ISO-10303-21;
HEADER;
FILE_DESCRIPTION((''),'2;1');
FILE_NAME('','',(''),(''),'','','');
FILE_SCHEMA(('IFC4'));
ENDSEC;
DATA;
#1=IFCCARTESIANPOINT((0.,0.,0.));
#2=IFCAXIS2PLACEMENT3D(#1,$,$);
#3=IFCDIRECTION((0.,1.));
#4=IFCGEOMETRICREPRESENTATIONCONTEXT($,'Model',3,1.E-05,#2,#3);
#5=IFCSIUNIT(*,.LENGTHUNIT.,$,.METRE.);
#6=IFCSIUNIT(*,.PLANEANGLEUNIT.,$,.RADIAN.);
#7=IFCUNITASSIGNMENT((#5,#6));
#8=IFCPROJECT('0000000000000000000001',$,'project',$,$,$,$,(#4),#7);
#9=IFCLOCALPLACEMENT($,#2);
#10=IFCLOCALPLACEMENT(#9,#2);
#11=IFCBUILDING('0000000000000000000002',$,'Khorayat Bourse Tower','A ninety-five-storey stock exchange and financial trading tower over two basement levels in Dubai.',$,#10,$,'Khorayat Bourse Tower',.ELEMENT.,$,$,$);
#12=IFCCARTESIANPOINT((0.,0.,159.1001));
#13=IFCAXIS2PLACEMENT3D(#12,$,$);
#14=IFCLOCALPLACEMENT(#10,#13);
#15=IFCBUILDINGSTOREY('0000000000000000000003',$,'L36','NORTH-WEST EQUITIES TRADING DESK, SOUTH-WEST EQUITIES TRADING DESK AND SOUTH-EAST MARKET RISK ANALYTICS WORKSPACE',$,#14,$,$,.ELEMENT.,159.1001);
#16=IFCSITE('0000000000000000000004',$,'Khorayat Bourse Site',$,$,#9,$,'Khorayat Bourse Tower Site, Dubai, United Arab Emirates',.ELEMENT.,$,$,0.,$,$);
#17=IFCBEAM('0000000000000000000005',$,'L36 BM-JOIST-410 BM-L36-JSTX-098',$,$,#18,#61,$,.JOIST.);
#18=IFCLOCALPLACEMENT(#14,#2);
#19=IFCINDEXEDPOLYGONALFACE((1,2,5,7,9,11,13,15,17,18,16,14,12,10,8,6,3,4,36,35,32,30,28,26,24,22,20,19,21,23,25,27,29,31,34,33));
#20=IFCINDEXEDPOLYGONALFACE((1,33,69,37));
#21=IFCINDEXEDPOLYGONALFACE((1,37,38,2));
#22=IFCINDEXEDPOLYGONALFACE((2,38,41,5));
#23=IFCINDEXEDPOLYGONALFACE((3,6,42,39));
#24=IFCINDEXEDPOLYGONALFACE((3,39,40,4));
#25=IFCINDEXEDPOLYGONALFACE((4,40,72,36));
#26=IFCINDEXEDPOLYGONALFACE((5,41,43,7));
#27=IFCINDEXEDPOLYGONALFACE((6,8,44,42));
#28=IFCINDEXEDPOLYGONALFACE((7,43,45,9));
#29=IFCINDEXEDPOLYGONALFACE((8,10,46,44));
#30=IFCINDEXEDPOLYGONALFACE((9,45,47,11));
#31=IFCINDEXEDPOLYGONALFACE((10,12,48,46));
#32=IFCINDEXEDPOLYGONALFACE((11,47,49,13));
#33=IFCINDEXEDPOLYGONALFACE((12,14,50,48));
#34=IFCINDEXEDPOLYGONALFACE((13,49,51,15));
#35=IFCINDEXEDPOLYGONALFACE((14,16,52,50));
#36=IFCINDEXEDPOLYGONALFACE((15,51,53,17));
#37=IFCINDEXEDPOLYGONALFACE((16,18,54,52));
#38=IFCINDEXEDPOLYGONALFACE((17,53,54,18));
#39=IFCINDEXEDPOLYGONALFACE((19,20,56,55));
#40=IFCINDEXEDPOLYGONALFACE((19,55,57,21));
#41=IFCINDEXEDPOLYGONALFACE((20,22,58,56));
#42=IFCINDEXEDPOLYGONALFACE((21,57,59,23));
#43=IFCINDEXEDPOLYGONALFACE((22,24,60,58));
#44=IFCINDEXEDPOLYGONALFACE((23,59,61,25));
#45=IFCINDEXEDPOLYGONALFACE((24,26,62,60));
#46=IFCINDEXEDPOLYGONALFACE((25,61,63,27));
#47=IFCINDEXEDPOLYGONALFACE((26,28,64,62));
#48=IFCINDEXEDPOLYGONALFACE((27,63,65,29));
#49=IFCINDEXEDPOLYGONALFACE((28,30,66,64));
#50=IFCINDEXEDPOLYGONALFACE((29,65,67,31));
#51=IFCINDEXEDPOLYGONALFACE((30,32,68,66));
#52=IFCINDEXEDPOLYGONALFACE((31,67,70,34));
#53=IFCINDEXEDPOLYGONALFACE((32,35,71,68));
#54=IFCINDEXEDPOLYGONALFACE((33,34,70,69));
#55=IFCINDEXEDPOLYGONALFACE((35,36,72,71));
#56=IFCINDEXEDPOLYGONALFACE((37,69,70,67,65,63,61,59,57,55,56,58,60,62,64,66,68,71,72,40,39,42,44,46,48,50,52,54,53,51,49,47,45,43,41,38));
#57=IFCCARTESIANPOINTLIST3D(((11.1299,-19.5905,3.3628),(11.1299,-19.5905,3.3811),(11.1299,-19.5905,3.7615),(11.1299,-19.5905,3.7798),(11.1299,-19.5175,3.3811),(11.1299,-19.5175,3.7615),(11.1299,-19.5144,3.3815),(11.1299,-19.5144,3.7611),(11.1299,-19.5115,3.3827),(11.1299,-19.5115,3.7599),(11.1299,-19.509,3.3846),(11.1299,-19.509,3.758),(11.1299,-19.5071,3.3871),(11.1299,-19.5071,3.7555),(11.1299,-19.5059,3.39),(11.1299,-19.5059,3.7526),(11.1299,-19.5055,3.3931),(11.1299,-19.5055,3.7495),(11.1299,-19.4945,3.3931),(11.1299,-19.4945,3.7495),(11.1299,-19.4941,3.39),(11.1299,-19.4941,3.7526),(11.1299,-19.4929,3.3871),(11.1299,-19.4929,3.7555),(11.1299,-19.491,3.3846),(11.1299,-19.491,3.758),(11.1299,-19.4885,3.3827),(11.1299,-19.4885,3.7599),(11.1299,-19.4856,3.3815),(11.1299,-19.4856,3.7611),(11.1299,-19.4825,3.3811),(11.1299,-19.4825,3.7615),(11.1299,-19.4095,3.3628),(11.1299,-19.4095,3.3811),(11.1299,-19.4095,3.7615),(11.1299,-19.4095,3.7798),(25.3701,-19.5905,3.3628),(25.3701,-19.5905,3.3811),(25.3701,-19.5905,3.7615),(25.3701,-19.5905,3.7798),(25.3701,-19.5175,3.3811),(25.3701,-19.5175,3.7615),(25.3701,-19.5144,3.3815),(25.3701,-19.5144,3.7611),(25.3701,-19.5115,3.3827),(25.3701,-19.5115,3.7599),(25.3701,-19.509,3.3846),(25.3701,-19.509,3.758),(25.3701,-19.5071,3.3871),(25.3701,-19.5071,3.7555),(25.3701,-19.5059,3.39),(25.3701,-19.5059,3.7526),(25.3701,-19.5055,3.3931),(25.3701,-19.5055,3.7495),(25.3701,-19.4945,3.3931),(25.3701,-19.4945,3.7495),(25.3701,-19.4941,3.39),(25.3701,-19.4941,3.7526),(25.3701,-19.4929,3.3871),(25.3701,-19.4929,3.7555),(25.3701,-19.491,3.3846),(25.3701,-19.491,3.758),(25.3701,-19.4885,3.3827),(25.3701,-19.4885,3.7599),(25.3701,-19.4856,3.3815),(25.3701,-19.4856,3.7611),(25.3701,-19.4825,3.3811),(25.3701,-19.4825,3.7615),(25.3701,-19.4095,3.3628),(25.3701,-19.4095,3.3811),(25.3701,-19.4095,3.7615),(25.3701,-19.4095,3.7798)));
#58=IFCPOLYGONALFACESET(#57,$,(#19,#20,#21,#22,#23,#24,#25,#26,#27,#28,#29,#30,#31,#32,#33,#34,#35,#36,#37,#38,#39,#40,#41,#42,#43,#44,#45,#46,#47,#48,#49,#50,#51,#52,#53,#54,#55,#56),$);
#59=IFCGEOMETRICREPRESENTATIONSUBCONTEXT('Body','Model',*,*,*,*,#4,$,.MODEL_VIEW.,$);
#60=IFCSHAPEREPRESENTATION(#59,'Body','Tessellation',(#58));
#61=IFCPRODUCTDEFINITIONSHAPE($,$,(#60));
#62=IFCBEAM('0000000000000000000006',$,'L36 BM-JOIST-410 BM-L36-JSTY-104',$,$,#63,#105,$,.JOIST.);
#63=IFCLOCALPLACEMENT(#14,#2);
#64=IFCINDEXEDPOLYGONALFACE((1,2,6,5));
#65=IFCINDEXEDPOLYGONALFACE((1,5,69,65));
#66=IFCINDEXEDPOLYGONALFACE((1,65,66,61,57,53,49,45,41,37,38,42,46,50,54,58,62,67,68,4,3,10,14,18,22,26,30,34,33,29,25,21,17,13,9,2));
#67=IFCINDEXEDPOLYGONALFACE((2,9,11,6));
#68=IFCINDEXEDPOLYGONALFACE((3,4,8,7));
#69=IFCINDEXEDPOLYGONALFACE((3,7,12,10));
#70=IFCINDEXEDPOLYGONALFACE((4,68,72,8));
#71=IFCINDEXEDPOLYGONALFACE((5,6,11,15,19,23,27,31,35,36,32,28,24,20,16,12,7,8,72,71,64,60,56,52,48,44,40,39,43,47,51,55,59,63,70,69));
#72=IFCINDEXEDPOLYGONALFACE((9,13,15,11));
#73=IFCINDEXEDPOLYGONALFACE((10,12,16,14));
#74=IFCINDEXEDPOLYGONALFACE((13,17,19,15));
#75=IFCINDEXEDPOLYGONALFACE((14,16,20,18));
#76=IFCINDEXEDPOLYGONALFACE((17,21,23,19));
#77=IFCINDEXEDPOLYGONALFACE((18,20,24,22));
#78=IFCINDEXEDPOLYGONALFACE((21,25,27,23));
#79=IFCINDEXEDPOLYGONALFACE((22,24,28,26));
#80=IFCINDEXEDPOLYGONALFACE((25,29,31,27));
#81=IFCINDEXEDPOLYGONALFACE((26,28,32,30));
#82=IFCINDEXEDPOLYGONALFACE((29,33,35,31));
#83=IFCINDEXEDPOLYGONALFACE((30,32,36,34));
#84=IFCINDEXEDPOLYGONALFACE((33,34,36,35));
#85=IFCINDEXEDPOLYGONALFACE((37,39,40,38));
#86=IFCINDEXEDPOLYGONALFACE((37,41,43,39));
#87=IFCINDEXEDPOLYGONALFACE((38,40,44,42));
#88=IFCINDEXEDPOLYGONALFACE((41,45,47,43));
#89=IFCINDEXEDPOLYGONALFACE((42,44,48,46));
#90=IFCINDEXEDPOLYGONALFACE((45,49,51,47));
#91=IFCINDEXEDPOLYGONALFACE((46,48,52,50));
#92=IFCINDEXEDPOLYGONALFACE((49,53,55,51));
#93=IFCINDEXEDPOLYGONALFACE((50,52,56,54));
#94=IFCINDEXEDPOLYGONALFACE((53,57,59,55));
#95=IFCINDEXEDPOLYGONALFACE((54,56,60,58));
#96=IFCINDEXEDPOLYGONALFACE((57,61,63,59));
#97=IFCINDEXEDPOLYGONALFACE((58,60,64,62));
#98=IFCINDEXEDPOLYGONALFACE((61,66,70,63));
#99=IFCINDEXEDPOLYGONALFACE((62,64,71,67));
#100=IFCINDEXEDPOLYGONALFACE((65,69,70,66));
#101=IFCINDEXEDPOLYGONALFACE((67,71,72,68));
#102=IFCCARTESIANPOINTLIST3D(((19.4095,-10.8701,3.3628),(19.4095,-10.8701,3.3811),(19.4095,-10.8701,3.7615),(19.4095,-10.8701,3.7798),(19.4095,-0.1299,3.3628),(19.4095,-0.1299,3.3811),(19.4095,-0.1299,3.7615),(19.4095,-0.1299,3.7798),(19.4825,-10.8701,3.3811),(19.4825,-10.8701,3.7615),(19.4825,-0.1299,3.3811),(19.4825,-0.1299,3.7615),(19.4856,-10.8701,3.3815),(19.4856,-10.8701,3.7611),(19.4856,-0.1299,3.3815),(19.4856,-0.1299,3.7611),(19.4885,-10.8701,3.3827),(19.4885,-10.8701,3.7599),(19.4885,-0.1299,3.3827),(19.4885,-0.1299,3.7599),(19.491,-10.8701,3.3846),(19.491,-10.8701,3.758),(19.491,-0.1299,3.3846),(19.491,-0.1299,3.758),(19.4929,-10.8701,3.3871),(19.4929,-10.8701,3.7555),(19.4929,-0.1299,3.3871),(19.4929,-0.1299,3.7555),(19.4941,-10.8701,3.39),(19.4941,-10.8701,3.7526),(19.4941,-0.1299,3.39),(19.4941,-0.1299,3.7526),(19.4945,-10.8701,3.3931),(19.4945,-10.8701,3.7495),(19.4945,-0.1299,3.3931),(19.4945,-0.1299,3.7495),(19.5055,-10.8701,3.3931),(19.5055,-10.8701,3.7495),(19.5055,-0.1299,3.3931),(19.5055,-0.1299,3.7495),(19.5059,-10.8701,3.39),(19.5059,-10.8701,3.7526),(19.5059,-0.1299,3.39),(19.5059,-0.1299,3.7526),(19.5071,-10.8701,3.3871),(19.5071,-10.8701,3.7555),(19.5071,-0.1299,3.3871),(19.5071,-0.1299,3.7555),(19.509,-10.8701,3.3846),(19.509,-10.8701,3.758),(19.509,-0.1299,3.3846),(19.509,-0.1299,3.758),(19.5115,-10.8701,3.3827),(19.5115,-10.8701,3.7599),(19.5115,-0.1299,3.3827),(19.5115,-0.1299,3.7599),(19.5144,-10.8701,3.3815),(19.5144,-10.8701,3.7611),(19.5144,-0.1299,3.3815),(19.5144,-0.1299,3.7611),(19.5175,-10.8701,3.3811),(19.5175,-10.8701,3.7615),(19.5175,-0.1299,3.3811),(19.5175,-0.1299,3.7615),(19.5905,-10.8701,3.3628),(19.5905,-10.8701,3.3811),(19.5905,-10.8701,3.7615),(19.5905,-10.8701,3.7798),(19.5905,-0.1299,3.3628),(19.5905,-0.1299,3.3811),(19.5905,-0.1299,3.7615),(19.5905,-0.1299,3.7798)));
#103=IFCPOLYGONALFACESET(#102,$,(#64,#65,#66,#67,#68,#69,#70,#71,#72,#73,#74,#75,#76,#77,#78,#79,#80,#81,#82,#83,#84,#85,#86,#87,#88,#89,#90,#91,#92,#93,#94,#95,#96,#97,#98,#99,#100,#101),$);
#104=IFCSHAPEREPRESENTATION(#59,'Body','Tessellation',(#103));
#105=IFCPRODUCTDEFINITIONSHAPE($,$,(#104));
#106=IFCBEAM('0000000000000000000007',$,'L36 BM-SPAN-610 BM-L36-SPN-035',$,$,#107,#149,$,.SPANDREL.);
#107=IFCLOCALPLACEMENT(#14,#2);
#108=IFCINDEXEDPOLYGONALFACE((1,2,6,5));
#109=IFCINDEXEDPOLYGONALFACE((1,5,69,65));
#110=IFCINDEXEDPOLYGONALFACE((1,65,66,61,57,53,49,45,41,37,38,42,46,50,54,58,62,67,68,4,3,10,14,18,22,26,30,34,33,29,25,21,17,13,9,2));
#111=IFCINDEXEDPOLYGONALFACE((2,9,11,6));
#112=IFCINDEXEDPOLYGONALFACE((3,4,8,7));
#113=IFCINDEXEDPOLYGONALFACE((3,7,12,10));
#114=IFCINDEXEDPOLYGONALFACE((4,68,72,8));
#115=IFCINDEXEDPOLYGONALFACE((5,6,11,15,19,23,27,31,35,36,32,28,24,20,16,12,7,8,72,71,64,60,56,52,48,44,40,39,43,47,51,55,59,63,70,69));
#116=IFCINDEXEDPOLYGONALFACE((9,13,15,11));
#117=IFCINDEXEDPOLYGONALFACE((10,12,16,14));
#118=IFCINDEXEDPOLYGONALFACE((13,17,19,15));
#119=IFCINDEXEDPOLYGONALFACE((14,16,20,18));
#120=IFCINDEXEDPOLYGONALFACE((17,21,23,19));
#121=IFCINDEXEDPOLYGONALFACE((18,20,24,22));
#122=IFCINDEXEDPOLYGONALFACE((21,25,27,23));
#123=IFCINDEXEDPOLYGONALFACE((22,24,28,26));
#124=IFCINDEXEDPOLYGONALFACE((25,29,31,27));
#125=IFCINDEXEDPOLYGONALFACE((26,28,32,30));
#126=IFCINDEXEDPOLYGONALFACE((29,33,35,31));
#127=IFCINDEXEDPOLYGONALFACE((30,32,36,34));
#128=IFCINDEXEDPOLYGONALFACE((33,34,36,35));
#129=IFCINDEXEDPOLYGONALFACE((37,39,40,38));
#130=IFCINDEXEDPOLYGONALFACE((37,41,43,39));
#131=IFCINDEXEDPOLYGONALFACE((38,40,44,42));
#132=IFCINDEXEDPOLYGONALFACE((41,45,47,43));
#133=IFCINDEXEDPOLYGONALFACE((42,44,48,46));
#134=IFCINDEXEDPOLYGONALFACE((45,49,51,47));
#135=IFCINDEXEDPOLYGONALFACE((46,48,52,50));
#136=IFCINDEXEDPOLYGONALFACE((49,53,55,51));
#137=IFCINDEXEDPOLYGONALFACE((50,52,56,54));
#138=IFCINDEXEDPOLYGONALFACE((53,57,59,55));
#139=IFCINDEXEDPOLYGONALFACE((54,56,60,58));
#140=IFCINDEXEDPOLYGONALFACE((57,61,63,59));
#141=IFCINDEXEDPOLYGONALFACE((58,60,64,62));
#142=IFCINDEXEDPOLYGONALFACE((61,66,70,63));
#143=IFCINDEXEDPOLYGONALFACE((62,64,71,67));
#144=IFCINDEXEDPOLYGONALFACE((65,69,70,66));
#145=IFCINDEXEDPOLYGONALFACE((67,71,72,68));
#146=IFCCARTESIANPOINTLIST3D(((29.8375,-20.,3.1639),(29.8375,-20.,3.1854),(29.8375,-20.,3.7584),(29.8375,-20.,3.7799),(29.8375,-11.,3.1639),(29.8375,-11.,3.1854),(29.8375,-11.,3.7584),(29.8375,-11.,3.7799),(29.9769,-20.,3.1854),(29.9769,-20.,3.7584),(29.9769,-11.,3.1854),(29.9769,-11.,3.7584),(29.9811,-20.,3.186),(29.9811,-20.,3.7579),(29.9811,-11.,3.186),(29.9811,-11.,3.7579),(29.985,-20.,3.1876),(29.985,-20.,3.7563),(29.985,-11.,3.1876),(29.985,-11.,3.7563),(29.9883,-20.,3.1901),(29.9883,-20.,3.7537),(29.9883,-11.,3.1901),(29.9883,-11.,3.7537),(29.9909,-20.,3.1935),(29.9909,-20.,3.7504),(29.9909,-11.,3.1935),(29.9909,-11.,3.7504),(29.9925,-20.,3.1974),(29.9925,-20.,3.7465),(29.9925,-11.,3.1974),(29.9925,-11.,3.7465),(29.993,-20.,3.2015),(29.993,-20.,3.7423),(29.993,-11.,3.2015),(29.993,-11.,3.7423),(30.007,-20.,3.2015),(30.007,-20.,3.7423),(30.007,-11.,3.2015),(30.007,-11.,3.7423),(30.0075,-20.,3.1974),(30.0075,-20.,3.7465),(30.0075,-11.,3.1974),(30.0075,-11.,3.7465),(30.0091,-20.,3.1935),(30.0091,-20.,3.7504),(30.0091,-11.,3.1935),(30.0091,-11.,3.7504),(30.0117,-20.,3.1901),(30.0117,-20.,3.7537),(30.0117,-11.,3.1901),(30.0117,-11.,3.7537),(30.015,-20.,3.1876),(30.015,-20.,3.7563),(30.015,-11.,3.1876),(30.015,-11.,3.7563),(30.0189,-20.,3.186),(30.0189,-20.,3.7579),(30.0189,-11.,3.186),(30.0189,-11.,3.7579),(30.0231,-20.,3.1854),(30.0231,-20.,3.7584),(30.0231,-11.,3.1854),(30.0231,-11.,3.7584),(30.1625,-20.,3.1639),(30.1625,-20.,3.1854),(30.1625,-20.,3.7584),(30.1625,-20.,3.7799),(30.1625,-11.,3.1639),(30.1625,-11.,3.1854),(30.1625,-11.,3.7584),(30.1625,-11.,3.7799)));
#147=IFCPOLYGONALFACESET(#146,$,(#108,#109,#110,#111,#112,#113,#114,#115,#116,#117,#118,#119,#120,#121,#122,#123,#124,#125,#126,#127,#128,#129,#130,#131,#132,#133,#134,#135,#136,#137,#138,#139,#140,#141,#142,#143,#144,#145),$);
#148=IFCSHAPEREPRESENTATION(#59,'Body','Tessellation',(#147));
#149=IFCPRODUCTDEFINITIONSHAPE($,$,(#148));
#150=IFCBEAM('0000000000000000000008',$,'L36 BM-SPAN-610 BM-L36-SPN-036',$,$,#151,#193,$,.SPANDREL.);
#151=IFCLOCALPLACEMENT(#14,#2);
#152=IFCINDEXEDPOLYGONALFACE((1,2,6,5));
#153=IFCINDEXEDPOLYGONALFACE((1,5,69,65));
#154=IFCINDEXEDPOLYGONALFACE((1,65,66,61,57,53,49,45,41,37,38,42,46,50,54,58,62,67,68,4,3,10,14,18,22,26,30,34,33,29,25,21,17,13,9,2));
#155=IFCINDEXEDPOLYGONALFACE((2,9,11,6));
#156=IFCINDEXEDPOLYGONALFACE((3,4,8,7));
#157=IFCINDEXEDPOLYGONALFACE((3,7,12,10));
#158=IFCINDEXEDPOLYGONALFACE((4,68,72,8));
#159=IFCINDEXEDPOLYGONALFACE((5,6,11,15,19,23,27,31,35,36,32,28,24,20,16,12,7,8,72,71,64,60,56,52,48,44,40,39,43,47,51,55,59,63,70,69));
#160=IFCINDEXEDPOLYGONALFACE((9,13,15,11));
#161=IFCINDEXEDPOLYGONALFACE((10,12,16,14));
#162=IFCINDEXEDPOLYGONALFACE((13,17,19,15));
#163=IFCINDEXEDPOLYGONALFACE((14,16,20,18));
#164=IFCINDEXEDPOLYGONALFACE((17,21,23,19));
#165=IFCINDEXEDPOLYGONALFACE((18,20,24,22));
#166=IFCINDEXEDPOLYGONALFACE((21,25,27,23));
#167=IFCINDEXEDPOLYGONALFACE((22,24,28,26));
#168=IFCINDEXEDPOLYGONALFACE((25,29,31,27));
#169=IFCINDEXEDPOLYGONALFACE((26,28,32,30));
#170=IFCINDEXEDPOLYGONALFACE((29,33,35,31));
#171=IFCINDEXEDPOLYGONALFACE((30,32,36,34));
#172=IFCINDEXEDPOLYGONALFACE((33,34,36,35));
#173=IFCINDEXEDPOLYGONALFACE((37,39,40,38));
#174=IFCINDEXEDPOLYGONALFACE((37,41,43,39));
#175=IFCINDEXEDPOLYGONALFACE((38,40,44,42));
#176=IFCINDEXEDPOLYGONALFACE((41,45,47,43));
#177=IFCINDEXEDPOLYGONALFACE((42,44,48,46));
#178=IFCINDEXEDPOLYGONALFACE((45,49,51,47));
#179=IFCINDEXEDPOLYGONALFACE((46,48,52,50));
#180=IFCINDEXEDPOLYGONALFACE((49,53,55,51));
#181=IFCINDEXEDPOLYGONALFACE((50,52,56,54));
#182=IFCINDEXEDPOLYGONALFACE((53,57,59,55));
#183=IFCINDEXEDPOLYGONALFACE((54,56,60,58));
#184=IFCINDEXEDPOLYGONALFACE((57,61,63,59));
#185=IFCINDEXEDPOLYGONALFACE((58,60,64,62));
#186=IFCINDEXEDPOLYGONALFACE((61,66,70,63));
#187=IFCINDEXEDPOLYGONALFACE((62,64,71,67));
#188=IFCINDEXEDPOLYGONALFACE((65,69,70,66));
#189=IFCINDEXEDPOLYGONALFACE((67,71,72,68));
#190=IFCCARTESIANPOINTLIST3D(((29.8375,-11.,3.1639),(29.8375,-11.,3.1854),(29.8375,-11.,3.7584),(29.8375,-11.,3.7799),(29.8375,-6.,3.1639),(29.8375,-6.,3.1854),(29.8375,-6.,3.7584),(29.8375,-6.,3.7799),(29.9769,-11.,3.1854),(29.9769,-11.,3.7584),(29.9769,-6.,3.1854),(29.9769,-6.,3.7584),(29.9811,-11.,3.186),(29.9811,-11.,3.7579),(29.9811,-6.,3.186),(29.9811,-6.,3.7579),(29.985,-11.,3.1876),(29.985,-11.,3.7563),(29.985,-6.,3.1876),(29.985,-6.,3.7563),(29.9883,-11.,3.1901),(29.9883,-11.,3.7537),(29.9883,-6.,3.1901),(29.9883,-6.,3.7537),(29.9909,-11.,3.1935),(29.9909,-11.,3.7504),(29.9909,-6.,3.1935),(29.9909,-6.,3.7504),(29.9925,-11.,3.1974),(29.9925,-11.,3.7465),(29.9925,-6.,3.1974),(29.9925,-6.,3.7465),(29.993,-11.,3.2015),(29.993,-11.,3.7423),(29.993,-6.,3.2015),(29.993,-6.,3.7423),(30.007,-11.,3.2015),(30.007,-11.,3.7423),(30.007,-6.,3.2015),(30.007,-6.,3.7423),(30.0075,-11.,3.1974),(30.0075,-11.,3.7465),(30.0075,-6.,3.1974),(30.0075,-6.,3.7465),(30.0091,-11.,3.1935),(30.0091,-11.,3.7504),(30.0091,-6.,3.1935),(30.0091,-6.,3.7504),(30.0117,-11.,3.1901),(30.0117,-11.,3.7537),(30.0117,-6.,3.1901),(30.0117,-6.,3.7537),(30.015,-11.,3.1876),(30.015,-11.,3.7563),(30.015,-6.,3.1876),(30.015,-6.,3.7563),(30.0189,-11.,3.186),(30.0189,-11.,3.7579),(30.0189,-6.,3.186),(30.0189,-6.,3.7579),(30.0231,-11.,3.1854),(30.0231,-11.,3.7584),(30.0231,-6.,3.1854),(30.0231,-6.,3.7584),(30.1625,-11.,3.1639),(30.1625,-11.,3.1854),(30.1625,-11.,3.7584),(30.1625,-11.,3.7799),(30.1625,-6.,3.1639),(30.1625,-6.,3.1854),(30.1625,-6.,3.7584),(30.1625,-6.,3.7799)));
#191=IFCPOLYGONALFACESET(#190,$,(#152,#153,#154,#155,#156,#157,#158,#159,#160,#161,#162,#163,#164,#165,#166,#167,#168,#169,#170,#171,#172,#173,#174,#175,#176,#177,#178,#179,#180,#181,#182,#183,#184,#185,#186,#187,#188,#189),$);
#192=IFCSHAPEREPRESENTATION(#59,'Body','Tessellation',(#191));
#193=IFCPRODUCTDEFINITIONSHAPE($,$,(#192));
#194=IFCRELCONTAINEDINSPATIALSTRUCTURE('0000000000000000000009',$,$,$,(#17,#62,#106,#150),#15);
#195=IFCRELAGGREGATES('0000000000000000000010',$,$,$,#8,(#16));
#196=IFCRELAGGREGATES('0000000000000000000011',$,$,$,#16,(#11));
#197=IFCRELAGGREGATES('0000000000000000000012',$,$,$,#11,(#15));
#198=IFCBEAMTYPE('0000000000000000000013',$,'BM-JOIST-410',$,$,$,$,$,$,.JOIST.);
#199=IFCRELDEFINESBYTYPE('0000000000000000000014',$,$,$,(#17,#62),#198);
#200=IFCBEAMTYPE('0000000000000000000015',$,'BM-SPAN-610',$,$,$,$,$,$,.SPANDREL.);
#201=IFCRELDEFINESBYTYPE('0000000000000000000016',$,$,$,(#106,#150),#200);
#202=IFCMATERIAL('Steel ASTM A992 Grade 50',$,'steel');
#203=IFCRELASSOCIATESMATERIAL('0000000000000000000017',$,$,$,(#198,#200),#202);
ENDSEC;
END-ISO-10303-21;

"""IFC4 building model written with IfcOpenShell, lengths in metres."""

from ifc_helpers import new_model, si_unit, direction, frame, origin, origin_2d, place, context, subcontext, project, spatial, i_section, extrude, source, transform, mapped, material, material_profile, profile_set, type_object, element, save


model = new_model("IFC4")

# Units and contexts
model_context = context("Model", 3, precision=1e-05, world=origin(), true_north=direction((0.0, 1.0)))
body_context = subcontext(model_context, "Body", "Model", "MODEL_VIEW")
ifc_project = project(units=[si_unit("LENGTHUNIT", "METRE"), si_unit("PLANEANGLEUNIT", "RADIAN")], contexts=[model_context])

# Site, building, storey
site_placement = place(None, origin())
site = spatial("IfcSite", under=ifc_project, at=site_placement, Name="Khorayat Bourse Site", LongName="Khorayat Bourse Tower Site, Dubai, United Arab Emirates", CompositionType="ELEMENT", RefElevation=0.0)
building_placement = place(site_placement, origin())
building = spatial("IfcBuilding", under=site, at=building_placement, Name="Khorayat Bourse Tower", Description="A ninety-five-storey stock exchange and financial trading tower over two basement levels in Dubai.", LongName="Khorayat Bourse Tower", CompositionType="ELEMENT")
storey_placement = place(building_placement, frame((0.0, 0.0, 159.1001)))
storey = spatial("IfcBuildingStorey", under=building, at=storey_placement, Name="L36", Description="NORTH-WEST EQUITIES TRADING DESK, SOUTH-WEST EQUITIES TRADING DESK AND SOUTH-EAST MARKET RISK ANALYTICS WORKSPACE", CompositionType="ELEMENT", Elevation=159.1001)

# Beams
ifc_material_1 = material(Name="Steel ASTM A992 Grade 50", Category="steel")
ifc_material_profile_1 = material_profile(ifc_material_1, i_section(OverallWidth=0.1809, OverallDepth=0.417, WebThickness=0.011, FlangeThickness=0.0183, FilletRadius=0.012, at=origin_2d()), Name="W410X85")
ifc_profile_set_1 = profile_set([ifc_material_profile_1], Name="Steel ASTM A992 Grade 50")
beam_type_1 = type_object("IfcBeamType", Name="BM-JOIST-410", PredefinedType="JOIST", material=ifc_profile_set_1)
shared_shape_1 = source(origin(), body_context, "Body", "SweptSolid", [
    extrude(i_section(OverallWidth=0.1809, OverallDepth=0.417, WebThickness=0.011, FlangeThickness=0.0183, FilletRadius=0.012, at=origin_2d()), origin(), (0.0, 0.0, 1.0), 14.2402),
])
beam_1_placement = place(storey_placement, frame((11.1299, -19.5, 3.5713), z_axis=(1.0, 0.0, 0.0), x_axis=(0.0, 1.0, 0.0)))
element("IfcBeam", 1, at=beam_1_placement, inside=storey, type_object=beam_type_1, Name="L36 BM-JOIST-410 BM-L36-JSTX-098", PredefinedType="JOIST", context=body_context, shape_type="MappedRepresentation", body=[
    mapped(shared_shape_1, transform((0.0, 0.0, 0.0), scale=1.0)),
])
shared_shape_2 = source(origin(), body_context, "Body", "SweptSolid", [
    extrude(i_section(OverallWidth=0.1809, OverallDepth=0.417, WebThickness=0.011, FlangeThickness=0.0183, FilletRadius=0.012, at=origin_2d()), origin(), (0.0, 0.0, 1.0), 10.7402),
])
beam_2_placement = place(storey_placement, frame((19.5, -10.8701, 3.5713), z_axis=(0.0, 1.0, 0.0), x_axis=(-1.0, 0.0, 0.0)))
element("IfcBeam", 2, at=beam_2_placement, inside=storey, type_object=beam_type_1, Name="L36 BM-JOIST-410 BM-L36-JSTY-104", PredefinedType="JOIST", context=body_context, shape_type="MappedRepresentation", body=[
    mapped(shared_shape_2, transform((0.0, 0.0, 0.0), scale=1.0)),
])
ifc_material_profile_2 = material_profile(ifc_material_1, i_section(OverallWidth=0.325, OverallDepth=0.616, WebThickness=0.0139, FlangeThickness=0.0215, FilletRadius=0.0161, at=origin_2d()), Name="W610X174")
ifc_profile_set_2 = profile_set([ifc_material_profile_2], Name="Steel ASTM A992 Grade 50")
beam_type_2 = type_object("IfcBeamType", Name="BM-SPAN-610", PredefinedType="SPANDREL", material=ifc_profile_set_2)
shared_shape_3 = source(origin(), body_context, "Body", "SweptSolid", [
    extrude(i_section(OverallWidth=0.325, OverallDepth=0.616, WebThickness=0.0139, FlangeThickness=0.0215, FilletRadius=0.0161, at=origin_2d()), origin(), (0.0, 0.0, 1.0), 9.0),
])
beam_3_placement = place(storey_placement, frame((30.0, -20.0, 3.4719), z_axis=(0.0, 1.0, 0.0), x_axis=(-1.0, 0.0, 0.0)))
element("IfcBeam", 3, at=beam_3_placement, inside=storey, type_object=beam_type_2, Name="L36 BM-SPAN-610 BM-L36-SPN-035", PredefinedType="SPANDREL", context=body_context, shape_type="MappedRepresentation", body=[
    mapped(shared_shape_3, transform((0.0, 0.0, 0.0), scale=1.0)),
])
shared_shape_4 = source(origin(), body_context, "Body", "SweptSolid", [
    extrude(i_section(OverallWidth=0.325, OverallDepth=0.616, WebThickness=0.0139, FlangeThickness=0.0215, FilletRadius=0.0161, at=origin_2d()), origin(), (0.0, 0.0, 1.0), 5.0),
])
beam_4_placement = place(storey_placement, frame((30.0, -11.0, 3.4719), z_axis=(0.0, 1.0, 0.0), x_axis=(-1.0, 0.0, 0.0)))
element("IfcBeam", 4, at=beam_4_placement, inside=storey, type_object=beam_type_2, Name="L36 BM-SPAN-610 BM-L36-SPN-036", PredefinedType="SPANDREL", context=body_context, shape_type="MappedRepresentation", body=[
    mapped(shared_shape_4, transform((0.0, 0.0, 0.0), scale=1.0)),
])

save(model, "model.ifc")
